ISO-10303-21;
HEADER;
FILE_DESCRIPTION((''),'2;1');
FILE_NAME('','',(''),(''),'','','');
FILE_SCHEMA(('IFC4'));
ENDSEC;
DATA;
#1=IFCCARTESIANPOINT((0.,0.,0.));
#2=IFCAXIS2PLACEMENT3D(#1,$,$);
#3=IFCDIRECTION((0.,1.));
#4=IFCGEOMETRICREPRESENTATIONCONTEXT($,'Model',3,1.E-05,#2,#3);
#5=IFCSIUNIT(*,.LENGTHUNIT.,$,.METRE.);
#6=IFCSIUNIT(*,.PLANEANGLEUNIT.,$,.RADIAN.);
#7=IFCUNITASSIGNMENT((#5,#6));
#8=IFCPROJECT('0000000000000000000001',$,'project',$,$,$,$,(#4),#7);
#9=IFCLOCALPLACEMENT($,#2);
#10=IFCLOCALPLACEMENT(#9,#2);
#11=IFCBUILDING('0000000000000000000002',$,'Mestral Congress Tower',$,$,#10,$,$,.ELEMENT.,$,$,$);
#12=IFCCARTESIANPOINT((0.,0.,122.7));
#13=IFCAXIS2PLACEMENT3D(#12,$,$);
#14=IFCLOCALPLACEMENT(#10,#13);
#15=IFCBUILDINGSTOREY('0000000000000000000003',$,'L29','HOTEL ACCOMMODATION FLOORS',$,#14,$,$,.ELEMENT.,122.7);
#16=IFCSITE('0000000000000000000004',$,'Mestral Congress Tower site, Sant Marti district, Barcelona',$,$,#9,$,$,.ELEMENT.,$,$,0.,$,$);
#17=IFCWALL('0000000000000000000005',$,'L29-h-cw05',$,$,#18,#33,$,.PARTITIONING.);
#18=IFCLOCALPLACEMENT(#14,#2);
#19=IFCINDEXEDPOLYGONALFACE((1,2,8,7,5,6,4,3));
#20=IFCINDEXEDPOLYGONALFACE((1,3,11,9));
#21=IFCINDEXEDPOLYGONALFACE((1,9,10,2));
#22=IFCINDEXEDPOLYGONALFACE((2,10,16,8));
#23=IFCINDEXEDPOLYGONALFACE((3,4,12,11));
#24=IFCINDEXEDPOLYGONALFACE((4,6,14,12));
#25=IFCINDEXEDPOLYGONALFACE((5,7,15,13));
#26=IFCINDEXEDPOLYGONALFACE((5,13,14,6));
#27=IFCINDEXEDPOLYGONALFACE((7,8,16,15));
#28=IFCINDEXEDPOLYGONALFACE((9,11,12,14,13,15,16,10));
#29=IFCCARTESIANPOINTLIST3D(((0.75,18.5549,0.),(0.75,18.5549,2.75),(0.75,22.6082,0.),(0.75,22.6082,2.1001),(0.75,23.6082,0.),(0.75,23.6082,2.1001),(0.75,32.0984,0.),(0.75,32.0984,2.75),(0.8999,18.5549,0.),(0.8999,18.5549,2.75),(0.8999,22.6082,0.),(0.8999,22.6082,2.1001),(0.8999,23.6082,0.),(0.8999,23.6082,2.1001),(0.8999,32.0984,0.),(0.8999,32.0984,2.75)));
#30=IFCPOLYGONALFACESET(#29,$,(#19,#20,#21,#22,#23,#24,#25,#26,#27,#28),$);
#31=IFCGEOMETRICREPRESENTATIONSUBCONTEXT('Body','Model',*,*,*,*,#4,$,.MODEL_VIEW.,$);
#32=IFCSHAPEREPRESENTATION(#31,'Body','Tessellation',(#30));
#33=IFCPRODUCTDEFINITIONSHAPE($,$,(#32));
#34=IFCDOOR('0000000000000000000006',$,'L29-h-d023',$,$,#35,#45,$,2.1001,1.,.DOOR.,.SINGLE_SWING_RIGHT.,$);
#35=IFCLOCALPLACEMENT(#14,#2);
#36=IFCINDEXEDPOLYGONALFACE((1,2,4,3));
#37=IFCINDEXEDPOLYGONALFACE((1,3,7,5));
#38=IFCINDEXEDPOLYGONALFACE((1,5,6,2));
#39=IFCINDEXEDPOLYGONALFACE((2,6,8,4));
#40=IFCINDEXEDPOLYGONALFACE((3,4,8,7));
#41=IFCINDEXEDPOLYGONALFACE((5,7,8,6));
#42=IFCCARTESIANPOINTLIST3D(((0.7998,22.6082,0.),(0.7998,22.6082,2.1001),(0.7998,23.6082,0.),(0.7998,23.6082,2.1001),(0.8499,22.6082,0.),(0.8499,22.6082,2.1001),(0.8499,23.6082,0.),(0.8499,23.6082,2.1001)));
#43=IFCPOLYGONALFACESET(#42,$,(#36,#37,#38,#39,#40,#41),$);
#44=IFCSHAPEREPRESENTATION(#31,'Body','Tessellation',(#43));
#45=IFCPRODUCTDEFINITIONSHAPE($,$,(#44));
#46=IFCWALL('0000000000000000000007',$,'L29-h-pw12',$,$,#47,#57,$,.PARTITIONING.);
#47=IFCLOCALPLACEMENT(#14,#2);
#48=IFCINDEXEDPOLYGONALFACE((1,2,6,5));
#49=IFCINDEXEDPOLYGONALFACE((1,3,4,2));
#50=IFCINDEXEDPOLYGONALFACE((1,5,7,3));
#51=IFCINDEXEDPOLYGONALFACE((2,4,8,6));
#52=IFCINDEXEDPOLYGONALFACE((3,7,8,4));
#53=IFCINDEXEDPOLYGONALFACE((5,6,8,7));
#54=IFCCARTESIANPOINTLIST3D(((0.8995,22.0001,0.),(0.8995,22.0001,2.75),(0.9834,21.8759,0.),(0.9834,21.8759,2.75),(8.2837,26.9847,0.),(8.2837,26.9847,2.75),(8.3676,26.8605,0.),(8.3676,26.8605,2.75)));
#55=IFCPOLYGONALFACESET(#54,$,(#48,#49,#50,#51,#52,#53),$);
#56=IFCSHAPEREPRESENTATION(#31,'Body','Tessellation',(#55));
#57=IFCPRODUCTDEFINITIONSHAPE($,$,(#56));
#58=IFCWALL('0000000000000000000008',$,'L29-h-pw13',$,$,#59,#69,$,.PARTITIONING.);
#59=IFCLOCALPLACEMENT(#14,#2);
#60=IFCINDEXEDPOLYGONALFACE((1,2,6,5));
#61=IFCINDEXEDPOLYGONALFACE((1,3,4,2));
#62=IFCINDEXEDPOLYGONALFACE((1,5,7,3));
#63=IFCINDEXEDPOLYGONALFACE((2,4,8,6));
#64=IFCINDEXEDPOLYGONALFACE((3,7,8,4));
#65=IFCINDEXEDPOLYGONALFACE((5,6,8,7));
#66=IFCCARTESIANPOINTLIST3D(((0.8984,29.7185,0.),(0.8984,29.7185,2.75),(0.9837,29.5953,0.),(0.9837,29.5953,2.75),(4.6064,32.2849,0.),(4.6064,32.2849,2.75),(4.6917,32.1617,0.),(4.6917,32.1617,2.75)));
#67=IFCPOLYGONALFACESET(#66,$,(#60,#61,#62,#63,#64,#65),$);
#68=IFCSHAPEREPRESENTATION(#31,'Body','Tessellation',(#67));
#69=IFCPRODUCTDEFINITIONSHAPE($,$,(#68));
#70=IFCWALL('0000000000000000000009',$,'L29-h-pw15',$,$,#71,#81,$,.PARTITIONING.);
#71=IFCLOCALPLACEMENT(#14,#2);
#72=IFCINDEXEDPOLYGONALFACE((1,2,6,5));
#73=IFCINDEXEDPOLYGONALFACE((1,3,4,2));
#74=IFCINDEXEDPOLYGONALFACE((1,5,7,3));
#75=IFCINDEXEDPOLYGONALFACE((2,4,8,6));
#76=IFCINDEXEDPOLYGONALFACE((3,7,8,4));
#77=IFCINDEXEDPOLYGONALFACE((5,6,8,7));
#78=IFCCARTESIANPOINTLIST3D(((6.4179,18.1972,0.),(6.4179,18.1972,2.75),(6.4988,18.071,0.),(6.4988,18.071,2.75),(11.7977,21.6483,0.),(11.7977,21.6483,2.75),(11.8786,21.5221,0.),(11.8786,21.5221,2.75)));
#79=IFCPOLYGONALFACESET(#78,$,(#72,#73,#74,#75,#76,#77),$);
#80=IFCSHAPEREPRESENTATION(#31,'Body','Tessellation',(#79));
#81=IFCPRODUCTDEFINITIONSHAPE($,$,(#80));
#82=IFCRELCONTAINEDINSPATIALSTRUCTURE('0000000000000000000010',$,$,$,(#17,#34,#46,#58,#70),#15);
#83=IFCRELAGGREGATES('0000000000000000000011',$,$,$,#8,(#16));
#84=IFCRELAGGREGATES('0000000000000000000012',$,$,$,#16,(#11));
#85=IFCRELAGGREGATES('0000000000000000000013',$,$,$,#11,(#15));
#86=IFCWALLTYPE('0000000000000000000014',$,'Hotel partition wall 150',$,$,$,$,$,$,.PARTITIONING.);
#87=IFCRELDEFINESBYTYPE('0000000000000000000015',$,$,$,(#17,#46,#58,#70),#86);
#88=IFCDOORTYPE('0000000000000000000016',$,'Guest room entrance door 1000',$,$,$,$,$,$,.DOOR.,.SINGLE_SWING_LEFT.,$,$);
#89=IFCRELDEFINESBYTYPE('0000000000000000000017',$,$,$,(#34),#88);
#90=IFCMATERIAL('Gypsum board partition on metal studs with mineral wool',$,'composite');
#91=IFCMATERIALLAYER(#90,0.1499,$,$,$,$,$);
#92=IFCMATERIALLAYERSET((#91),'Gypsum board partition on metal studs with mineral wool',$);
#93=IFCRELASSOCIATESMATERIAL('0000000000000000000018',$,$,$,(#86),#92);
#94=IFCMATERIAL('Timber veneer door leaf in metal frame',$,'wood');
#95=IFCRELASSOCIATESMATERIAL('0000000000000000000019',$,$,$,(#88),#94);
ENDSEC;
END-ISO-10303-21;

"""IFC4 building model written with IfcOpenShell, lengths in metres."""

from ifc_helpers import new_model, si_unit, direction, frame, frame_2d, origin, place, context, subcontext, project, spatial, rectangle, extrude, material, layer, layer_set, type_object, element, fill, save


model = new_model("IFC4")

# Units and contexts
model_context = context("Model", 3, precision=1e-05, world=origin(), true_north=direction((0.0, 1.0)))
body_context = subcontext(model_context, "Body", "Model", "MODEL_VIEW")
ifc_project = project(units=[si_unit("LENGTHUNIT", "METRE"), si_unit("PLANEANGLEUNIT", "RADIAN")], contexts=[model_context])

# Site, building, storey
site_placement = place(None, origin())
site = spatial("IfcSite", under=ifc_project, at=site_placement, Name="Mestral Congress Tower site, Sant Marti district, Barcelona", CompositionType="ELEMENT", RefElevation=0.0)
building_placement = place(site_placement, origin())
building = spatial("IfcBuilding", under=site, at=building_placement, Name="Mestral Congress Tower", CompositionType="ELEMENT")
storey_placement = place(building_placement, frame((0.0, 0.0, 122.7)))
storey = spatial("IfcBuildingStorey", under=building, at=storey_placement, Name="L29", Description="HOTEL ACCOMMODATION FLOORS", CompositionType="ELEMENT", Elevation=122.7)

# Shared definitions
ifc_material_1 = material(Name="Gypsum board partition on metal studs with mineral wool", Category="composite")

# Wall, opening, door
ifc_layer_1 = layer(ifc_material_1, 0.1499)
ifc_layer_set_1 = layer_set([ifc_layer_1], Name="Gypsum board partition on metal studs with mineral wool")
wall_type_1 = type_object("IfcWallType", Name="Hotel partition wall 150", PredefinedType="PARTITIONING", material=ifc_layer_set_1)
wall_1_placement = place(storey_placement, frame((0.825, 32.0984, 0.0), z_axis=(0.0, 0.0, 1.0), x_axis=(0.0, -1.0, 0.0)))
wall_1 = element("IfcWall", 1, at=wall_1_placement, inside=storey, type_object=wall_type_1, Name="L29-h-cw05", PredefinedType="PARTITIONING", context=body_context, shape_type="SweptSolid", body=[
    extrude(rectangle(XDim=13.5435, YDim=0.1499, at=frame_2d((6.7717, 0.0))), origin(), (0.0, 0.0, 1.0), 2.75),
])
opening_1_placement = place(wall_1_placement, frame((8.4902, 0.0, 0.0)))
opening_1 = element("IfcOpeningElement", 2, at=opening_1_placement, cuts=wall_1, PredefinedType="OPENING", context=body_context, shape_type="SweptSolid", body=[
    extrude(rectangle(XDim=1.0, YDim=2.1001, at=frame_2d((0.5, 1.05))), frame((0.0, 0.085, 0.0), z_axis=(0.0, -1.0, 0.0), x_axis=(1.0, 0.0, 0.0)), (0.0, 0.0, 1.0), 0.1699),
])
ifc_material_2 = material(Name="Timber veneer door leaf in metal frame", Category="wood")
door_type_1 = type_object("IfcDoorType", Name="Guest room entrance door 1000", OperationType="SINGLE_SWING_LEFT", PredefinedType="DOOR", material=ifc_material_2)
door_1_placement = place(opening_1_placement, origin())
door_1 = element("IfcDoor", 3, at=door_1_placement, inside=storey, type_object=door_type_1, Name="L29-h-d023", OperationType="SINGLE_SWING_RIGHT", OverallHeight=2.1001, OverallWidth=1.0, PredefinedType="DOOR", context=body_context, shape_type="SweptSolid", body=[
    extrude(rectangle(XDim=1.0, YDim=2.1001, at=frame_2d((0.5, 1.05))), frame((0.0, 0.0249, 0.0), z_axis=(0.0, -1.0, 0.0), x_axis=(1.0, 0.0, 0.0)), (0.0, 0.0, 1.0), 0.05),
])
fill(opening_1, door_1)

# Walls
wall_2_placement = place(storey_placement, frame((8.3257, 26.9226, 0.0), z_axis=(0.0, 0.0, 1.0), x_axis=(-0.828837, -0.559491, 0.0)))
element("IfcWall", 4, at=wall_2_placement, inside=storey, type_object=wall_type_1, Name="L29-h-pw12", PredefinedType="PARTITIONING", context=body_context, shape_type="SweptSolid", body=[
    extrude(rectangle(XDim=8.9092, YDim=0.1499, at=frame_2d((4.4546, 0.0))), origin(), (0.0, 0.0, 1.0), 2.75),
])
wall_3_placement = place(storey_placement, frame((4.6492, 32.2234, 0.0), z_axis=(0.0, 0.0, 1.0), x_axis=(-0.822262, -0.569109, 0.0)))
element("IfcWall", 5, at=wall_3_placement, inside=storey, type_object=wall_type_1, Name="L29-h-pw13", PredefinedType="PARTITIONING", context=body_context, shape_type="SweptSolid", body=[
    extrude(rectangle(XDim=4.5095, YDim=0.1499, at=frame_2d((2.2549, 0.0))), origin(), (0.0, 0.0, 1.0), 2.75),
])
wall_4_placement = place(storey_placement, frame((11.8381, 21.5852, 0.0), z_axis=(0.0, 0.0, 1.0), x_axis=(-0.841699, -0.539947, 0.0)))
element("IfcWall", 6, at=wall_4_placement, inside=storey, type_object=wall_type_1, Name="L29-h-pw15", PredefinedType="PARTITIONING", context=body_context, shape_type="SweptSolid", body=[
    extrude(rectangle(XDim=6.3916, YDim=0.1499, at=frame_2d((3.1958, 0.0))), origin(), (0.0, 0.0, 1.0), 2.75),
])

save(model, "model.ifc")
